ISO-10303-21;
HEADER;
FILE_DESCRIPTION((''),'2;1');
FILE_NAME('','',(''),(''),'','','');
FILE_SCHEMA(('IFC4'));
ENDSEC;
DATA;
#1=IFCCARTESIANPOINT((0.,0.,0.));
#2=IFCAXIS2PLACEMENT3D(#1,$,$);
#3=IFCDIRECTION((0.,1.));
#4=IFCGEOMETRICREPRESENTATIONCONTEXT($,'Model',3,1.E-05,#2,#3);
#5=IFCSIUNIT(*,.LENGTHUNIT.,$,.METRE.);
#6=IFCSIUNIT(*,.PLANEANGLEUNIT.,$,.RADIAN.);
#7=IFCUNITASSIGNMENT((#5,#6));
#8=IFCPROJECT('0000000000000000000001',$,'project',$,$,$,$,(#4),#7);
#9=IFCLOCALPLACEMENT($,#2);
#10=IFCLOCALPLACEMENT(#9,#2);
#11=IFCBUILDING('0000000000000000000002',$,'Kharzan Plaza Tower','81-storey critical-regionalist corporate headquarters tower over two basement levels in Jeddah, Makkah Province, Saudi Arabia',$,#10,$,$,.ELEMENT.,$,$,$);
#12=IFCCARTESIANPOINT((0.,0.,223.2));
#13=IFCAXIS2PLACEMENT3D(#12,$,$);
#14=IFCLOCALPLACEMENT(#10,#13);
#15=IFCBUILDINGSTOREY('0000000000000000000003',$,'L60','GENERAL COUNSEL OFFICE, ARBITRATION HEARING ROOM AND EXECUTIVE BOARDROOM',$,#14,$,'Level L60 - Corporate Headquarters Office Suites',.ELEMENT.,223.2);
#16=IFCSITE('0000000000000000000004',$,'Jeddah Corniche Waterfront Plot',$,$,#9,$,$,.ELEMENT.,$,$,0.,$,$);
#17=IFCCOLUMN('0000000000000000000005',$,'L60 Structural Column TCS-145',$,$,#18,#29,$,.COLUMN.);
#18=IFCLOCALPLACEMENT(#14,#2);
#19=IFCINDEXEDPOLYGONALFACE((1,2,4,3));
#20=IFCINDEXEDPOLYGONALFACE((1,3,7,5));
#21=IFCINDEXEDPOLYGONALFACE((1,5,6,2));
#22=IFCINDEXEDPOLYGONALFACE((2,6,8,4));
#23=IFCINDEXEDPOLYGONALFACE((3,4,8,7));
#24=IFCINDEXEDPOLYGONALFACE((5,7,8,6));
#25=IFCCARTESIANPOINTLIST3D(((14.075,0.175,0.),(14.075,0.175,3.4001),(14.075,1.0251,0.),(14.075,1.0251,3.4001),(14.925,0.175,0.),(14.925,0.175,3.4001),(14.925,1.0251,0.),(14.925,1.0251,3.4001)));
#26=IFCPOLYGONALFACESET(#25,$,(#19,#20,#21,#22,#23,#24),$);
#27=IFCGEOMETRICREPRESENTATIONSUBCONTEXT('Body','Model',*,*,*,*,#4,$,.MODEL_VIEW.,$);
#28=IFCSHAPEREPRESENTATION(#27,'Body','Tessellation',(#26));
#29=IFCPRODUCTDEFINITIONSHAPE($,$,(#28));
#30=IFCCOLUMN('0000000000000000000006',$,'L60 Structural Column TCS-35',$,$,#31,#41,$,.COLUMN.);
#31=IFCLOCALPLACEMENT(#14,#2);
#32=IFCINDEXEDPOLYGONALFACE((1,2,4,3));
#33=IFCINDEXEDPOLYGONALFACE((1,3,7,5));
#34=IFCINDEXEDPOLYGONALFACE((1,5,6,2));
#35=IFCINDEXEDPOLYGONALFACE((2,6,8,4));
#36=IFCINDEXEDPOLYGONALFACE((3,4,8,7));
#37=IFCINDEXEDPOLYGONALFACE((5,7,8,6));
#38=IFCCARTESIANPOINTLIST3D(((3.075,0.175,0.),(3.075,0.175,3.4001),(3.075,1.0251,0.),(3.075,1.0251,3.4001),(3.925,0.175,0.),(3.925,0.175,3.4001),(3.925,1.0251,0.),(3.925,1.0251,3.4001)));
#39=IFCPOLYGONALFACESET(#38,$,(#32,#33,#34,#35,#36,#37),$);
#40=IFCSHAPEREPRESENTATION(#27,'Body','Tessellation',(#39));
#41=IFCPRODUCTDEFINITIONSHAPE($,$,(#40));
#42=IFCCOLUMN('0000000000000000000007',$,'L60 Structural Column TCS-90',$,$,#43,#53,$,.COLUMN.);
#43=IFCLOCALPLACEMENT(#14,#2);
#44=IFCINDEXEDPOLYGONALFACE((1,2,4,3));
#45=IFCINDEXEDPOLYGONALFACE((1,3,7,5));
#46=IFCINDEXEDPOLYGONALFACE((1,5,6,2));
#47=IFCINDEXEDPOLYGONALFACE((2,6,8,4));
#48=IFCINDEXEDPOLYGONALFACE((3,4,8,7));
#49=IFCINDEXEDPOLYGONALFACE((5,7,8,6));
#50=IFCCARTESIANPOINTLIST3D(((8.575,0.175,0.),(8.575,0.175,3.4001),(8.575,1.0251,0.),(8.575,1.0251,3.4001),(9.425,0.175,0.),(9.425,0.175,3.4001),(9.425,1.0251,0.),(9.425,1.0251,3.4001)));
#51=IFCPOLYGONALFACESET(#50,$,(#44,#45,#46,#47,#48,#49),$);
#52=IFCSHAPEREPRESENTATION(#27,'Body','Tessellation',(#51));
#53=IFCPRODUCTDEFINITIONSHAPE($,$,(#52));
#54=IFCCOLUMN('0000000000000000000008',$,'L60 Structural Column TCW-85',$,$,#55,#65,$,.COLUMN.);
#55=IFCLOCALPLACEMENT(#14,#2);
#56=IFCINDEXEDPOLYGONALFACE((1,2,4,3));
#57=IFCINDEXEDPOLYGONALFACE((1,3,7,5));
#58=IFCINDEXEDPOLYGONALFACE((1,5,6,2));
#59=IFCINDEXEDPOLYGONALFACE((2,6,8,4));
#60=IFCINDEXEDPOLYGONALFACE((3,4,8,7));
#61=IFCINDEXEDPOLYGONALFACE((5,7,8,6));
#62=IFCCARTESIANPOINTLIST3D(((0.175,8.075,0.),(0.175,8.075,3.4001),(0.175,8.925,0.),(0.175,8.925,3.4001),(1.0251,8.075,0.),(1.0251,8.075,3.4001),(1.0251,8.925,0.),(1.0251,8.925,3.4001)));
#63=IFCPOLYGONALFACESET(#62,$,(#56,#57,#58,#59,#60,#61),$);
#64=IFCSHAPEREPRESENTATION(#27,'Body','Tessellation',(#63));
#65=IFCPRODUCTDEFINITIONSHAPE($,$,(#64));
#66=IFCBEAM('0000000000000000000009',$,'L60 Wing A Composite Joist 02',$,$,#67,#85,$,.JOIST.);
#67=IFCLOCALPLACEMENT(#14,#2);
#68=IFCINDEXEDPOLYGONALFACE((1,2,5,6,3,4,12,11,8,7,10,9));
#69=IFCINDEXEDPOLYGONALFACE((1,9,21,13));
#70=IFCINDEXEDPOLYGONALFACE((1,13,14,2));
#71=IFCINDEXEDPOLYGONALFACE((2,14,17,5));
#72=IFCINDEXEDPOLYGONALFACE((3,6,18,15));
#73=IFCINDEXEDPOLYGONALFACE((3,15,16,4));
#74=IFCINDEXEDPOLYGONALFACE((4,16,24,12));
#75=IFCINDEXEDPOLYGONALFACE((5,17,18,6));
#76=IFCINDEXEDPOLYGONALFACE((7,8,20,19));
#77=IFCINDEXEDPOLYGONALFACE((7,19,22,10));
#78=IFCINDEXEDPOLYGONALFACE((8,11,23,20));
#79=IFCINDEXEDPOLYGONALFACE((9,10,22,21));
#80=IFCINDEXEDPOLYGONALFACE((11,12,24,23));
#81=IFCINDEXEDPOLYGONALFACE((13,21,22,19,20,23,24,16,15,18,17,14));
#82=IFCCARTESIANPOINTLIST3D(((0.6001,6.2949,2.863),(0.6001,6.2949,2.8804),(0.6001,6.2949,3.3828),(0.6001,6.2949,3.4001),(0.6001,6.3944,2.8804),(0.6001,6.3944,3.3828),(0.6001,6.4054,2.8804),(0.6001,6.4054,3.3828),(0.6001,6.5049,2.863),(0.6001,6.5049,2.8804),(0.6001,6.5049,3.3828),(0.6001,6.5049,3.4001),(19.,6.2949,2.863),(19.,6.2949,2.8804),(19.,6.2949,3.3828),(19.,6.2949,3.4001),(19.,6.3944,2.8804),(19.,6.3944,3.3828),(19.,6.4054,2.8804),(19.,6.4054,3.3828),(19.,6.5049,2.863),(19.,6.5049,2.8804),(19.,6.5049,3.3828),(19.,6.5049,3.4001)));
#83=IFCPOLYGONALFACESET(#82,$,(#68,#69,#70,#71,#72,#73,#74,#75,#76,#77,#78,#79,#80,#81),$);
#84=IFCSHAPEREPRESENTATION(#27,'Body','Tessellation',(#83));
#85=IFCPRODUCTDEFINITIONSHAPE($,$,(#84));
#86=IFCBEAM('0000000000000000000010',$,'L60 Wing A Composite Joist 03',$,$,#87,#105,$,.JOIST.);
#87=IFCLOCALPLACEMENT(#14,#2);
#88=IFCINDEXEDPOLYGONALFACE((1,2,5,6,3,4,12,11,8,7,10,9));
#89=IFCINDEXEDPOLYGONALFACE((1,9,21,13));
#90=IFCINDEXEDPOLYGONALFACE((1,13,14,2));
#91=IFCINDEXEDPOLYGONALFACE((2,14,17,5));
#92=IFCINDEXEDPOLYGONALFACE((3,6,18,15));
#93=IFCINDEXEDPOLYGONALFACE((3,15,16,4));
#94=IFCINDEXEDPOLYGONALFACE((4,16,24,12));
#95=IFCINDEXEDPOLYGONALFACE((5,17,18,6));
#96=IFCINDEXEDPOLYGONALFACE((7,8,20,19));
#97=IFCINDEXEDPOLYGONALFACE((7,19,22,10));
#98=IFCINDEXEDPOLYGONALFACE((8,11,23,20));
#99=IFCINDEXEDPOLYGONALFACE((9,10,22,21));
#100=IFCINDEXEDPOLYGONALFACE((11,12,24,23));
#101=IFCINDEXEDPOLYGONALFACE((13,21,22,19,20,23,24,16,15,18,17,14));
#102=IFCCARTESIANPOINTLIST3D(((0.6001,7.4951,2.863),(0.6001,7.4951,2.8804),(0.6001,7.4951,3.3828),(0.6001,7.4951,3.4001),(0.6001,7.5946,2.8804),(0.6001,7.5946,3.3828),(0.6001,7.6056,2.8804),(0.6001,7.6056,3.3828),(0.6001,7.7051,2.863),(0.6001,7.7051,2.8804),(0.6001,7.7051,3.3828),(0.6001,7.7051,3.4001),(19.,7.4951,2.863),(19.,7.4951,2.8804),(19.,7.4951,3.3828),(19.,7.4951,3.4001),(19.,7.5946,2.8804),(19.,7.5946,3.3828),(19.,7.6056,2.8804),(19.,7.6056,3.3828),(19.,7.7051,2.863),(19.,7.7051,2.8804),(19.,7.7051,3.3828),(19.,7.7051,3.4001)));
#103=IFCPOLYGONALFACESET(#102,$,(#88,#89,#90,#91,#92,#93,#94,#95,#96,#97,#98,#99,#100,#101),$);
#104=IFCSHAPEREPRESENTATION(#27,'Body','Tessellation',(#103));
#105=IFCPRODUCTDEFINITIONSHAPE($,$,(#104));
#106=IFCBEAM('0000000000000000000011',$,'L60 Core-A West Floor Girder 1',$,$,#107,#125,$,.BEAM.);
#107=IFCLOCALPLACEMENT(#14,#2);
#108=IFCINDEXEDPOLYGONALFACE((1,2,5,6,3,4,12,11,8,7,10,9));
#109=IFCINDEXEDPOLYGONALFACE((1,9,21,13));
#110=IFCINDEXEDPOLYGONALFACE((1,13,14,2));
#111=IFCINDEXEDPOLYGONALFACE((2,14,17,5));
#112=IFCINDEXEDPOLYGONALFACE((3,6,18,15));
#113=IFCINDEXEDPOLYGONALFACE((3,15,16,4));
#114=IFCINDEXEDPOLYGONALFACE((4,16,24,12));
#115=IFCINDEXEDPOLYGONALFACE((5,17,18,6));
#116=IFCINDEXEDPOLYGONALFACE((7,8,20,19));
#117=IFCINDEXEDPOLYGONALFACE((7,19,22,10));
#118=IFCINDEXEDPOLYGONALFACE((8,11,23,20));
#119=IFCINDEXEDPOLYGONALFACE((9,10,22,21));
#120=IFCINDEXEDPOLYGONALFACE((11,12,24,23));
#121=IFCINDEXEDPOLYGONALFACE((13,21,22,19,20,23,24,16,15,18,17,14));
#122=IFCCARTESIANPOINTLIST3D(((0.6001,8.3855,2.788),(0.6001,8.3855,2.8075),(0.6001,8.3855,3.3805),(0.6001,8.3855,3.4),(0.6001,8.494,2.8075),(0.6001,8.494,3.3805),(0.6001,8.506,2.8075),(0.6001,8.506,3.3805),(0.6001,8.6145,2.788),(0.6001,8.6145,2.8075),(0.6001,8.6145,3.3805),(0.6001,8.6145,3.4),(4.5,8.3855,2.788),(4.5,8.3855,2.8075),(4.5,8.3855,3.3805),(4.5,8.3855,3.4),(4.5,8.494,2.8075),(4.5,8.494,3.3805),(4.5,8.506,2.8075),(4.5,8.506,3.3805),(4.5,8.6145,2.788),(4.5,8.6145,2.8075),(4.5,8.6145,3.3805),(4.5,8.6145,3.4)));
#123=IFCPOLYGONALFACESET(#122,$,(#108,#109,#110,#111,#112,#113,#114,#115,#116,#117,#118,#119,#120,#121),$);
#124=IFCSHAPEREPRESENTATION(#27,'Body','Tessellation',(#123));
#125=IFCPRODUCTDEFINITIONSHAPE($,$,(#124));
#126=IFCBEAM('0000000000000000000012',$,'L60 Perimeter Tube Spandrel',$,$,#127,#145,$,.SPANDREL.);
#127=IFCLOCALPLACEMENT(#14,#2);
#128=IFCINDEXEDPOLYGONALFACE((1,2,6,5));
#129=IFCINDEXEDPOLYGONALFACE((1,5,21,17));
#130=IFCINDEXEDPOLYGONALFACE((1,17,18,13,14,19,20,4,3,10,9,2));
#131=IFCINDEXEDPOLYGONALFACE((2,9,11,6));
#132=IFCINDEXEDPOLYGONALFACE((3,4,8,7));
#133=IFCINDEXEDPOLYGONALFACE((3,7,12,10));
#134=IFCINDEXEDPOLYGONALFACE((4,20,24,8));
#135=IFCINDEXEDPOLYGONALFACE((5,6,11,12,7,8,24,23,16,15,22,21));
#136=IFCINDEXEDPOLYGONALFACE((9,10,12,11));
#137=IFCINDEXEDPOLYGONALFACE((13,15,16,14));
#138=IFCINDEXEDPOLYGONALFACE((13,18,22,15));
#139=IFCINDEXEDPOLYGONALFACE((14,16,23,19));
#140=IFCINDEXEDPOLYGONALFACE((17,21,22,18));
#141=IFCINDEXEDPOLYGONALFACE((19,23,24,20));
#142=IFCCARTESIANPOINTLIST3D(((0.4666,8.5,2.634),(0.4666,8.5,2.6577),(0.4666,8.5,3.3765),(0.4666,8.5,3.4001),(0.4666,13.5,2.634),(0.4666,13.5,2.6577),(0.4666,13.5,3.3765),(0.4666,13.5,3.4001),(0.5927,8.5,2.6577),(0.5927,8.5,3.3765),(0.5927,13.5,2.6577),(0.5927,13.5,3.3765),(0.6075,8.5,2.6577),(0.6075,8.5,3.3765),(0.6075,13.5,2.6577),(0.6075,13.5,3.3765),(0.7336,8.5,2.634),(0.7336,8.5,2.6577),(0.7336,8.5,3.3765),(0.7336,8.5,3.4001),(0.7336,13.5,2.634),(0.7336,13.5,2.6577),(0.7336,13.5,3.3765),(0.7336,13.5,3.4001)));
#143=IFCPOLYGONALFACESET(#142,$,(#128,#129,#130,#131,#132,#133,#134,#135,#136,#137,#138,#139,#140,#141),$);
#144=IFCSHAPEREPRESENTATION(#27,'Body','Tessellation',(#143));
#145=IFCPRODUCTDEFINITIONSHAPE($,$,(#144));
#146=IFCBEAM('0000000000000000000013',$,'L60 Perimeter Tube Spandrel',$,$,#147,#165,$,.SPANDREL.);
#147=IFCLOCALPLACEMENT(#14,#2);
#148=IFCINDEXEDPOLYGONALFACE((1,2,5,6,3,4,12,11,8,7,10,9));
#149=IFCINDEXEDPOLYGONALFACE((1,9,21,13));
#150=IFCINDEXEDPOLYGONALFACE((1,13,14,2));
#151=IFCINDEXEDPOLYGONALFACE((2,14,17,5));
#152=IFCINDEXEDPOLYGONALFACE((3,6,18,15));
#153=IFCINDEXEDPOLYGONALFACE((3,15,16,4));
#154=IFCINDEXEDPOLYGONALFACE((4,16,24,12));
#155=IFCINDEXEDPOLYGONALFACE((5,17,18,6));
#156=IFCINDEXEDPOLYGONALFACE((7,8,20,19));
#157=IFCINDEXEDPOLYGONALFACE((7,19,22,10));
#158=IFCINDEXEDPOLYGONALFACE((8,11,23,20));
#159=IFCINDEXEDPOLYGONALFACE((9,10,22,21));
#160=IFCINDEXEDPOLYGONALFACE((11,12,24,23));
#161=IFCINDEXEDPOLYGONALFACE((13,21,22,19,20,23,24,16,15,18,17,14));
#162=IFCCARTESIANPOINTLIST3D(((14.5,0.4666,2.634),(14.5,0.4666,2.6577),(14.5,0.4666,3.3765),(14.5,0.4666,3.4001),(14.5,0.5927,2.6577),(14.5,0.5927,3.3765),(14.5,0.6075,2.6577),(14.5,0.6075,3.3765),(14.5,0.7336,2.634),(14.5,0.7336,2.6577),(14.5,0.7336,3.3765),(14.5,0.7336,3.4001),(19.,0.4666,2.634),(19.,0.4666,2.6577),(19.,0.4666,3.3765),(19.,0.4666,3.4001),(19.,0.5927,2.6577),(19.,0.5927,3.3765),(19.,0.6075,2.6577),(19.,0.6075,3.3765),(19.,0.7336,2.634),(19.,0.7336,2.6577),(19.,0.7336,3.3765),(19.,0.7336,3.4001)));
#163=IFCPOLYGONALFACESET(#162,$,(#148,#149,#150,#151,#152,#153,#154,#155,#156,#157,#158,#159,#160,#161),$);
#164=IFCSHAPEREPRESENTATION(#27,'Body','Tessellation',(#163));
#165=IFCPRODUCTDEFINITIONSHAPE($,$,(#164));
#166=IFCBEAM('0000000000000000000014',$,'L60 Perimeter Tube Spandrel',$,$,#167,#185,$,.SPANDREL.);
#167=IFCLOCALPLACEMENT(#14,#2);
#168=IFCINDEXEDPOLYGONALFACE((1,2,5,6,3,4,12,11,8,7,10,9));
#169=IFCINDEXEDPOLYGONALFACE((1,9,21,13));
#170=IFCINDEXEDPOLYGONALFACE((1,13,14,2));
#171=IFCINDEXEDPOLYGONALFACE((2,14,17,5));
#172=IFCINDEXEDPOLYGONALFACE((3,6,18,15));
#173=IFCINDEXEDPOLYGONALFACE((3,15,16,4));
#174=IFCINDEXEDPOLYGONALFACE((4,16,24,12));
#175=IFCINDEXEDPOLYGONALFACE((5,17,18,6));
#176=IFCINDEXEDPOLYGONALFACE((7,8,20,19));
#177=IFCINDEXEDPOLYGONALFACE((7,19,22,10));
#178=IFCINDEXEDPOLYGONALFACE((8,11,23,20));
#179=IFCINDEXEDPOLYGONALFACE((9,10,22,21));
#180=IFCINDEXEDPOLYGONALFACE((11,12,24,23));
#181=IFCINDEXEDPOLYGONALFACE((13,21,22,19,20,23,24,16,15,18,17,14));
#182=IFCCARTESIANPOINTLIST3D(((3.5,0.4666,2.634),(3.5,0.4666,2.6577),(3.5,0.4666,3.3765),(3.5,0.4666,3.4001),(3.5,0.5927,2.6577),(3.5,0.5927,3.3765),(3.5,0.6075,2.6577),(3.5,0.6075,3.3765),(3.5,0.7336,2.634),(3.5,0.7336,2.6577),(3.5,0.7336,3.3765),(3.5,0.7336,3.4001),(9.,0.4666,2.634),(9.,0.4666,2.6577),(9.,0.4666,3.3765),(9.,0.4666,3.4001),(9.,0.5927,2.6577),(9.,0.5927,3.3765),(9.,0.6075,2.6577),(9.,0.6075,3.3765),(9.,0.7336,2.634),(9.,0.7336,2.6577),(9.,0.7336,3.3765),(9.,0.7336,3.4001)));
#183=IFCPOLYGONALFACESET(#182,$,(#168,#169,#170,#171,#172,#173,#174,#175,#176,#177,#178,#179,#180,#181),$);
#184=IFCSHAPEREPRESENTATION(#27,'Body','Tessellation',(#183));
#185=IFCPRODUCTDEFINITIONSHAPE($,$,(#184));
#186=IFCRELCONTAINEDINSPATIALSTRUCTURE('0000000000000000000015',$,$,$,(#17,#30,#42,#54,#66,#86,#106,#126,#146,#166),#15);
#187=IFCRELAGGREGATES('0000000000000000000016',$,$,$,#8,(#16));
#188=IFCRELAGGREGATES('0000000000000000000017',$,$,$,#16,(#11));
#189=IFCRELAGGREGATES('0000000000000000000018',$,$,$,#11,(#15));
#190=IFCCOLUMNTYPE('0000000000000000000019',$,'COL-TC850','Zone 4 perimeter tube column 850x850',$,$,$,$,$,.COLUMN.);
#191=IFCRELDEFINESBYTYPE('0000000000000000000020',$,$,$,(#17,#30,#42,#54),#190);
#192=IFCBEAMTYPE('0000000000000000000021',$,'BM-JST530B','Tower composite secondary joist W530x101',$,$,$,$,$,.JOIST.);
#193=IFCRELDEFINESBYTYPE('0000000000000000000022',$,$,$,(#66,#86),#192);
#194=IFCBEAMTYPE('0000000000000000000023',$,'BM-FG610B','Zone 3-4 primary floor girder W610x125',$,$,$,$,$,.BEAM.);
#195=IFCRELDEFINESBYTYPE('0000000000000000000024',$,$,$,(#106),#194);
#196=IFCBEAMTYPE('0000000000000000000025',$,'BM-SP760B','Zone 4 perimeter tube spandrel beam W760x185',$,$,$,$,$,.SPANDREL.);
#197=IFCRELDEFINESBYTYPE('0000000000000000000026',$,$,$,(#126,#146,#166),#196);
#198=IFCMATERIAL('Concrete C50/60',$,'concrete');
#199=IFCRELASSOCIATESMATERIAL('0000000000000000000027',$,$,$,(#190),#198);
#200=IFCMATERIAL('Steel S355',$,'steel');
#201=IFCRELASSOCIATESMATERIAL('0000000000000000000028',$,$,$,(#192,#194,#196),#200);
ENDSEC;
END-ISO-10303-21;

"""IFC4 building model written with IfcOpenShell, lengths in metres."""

from ifc_helpers import new_model, si_unit, direction, frame, origin, origin_2d, place, context, subcontext, project, spatial, rectangle, i_section, extrude, source, transform, mapped, material, material_profile, profile_set, type_object, element, save


model = new_model("IFC4")

# Units and contexts
model_context = context("Model", 3, precision=1e-05, world=origin(), true_north=direction((0.0, 1.0)))
body_context = subcontext(model_context, "Body", "Model", "MODEL_VIEW")
ifc_project = project(units=[si_unit("LENGTHUNIT", "METRE"), si_unit("PLANEANGLEUNIT", "RADIAN")], contexts=[model_context])

# Site, building, storey
site_placement = place(None, origin())
site = spatial("IfcSite", under=ifc_project, at=site_placement, Name="Jeddah Corniche Waterfront Plot", CompositionType="ELEMENT", RefElevation=0.0)
building_placement = place(site_placement, origin())
building = spatial("IfcBuilding", under=site, at=building_placement, Name="Kharzan Plaza Tower", Description="81-storey critical-regionalist corporate headquarters tower over two basement levels in Jeddah, Makkah Province, Saudi Arabia", CompositionType="ELEMENT")
storey_placement = place(building_placement, frame((0.0, 0.0, 223.2)))
storey = spatial("IfcBuildingStorey", under=building, at=storey_placement, Name="L60", Description="GENERAL COUNSEL OFFICE, ARBITRATION HEARING ROOM AND EXECUTIVE BOARDROOM", LongName="Level L60 - Corporate Headquarters Office Suites", CompositionType="ELEMENT", Elevation=223.2)

# Columns
ifc_material_1 = material(Name="Concrete C50/60", Category="concrete")
ifc_material_profile_1 = material_profile(ifc_material_1, rectangle(XDim=0.8501, YDim=0.8501, at=origin_2d()), Name="RC-TC850x850")
ifc_profile_set_1 = profile_set([ifc_material_profile_1], Name="Concrete C50/60")
column_type = type_object("IfcColumnType", Name="COL-TC850", Description="Zone 4 perimeter tube column 850x850", PredefinedType="COLUMN", material=ifc_profile_set_1)
shared_shape_1 = source(origin(), body_context, "Body", "SweptSolid", [
    extrude(rectangle(XDim=0.8501, YDim=0.8501, at=origin_2d()), origin(), (0.0, 0.0, 1.0), 3.4001),
])
for number, where, z_axis, x_axis, name in (
    (1, (14.5, 0.6001, 0.0), (0.0, 0.0, 1.0), (1.0, 0.0, 0.0), "L60 Structural Column TCS-145"),
    (2, (3.5, 0.6001, 0.0), (0.0, 0.0, 1.0), (1.0, 0.0, 0.0), "L60 Structural Column TCS-35"),
    (3, (9.0, 0.6001, 0.0), (0.0, 0.0, 1.0), (1.0, 0.0, 0.0), "L60 Structural Column TCS-90"),
    (4, (0.6001, 8.5, 0.0), (0.0, 0.0, 1.0), (1.0, 0.0, 0.0), "L60 Structural Column TCW-85"),
):
    element("IfcColumn", number, at=place(storey_placement, frame(where, z_axis=z_axis, x_axis=x_axis)), inside=storey, type_object=column_type, Name=name, PredefinedType="COLUMN", context=body_context, shape_type="MappedRepresentation", body=[
        mapped(shared_shape_1, transform((0.0, 0.0, 0.0), x_axis=(1.0, 0.0, 0.0), y_axis=(0.0, 1.0, 0.0), z_axis=(0.0, 0.0, 1.0))),
    ])

# Beams
ifc_material_2 = material(Name="Steel S355", Category="steel")
ifc_material_profile_2 = material_profile(ifc_material_2, i_section(OverallWidth=0.21, OverallDepth=0.5371, WebThickness=0.011, FlangeThickness=0.0173, at=origin_2d()), Name="W530x101")
ifc_profile_set_2 = profile_set([ifc_material_profile_2], Name="Steel S355")
beam_type_1 = type_object("IfcBeamType", Name="BM-JST530B", Description="Tower composite secondary joist W530x101", PredefinedType="JOIST", material=ifc_profile_set_2)
shared_shape_2 = source(origin(), body_context, "Body", "SweptSolid", [
    extrude(i_section(OverallWidth=0.21, OverallDepth=0.5371, WebThickness=0.011, FlangeThickness=0.0173, at=origin_2d()), origin(), (0.0, 0.0, 1.0), 18.3999),
])
for number, where, z_axis, x_axis, name in (
    (5, (0.6001, 6.3999, 3.1316), (1.0, 0.0, 0.0), (0.0, 1.0, 0.0), "L60 Wing A Composite Joist 02"),
    (6, (0.6001, 7.6001, 3.1316), (1.0, 0.0, 0.0), (0.0, 1.0, 0.0), "L60 Wing A Composite Joist 03"),
):
    element("IfcBeam", number, at=place(storey_placement, frame(where, z_axis=z_axis, x_axis=x_axis)), inside=storey, type_object=beam_type_1, Name=name, PredefinedType="JOIST", context=body_context, shape_type="MappedRepresentation", body=[
        mapped(shared_shape_2, transform((0.0, 0.0, 0.0), x_axis=(1.0, 0.0, 0.0), y_axis=(0.0, 1.0, 0.0), z_axis=(0.0, 0.0, 1.0))),
    ])
ifc_material_profile_3 = material_profile(ifc_material_2, i_section(OverallWidth=0.229, OverallDepth=0.6121, WebThickness=0.012, FlangeThickness=0.0195, at=origin_2d()), Name="W610x125")
ifc_profile_set_3 = profile_set([ifc_material_profile_3], Name="Steel S355")
beam_type_2 = type_object("IfcBeamType", Name="BM-FG610B", Description="Zone 3-4 primary floor girder W610x125", PredefinedType="BEAM", material=ifc_profile_set_3)
shared_shape_3 = source(origin(), body_context, "Body", "SweptSolid", [
    extrude(i_section(OverallWidth=0.229, OverallDepth=0.6121, WebThickness=0.012, FlangeThickness=0.0195, at=origin_2d()), origin(), (0.0, 0.0, 1.0), 3.8999),
])
beam_1_placement = place(storey_placement, frame((0.6001, 8.5, 3.094), z_axis=(1.0, 0.0, 0.0), x_axis=(0.0, 1.0, 0.0)))
element("IfcBeam", 7, at=beam_1_placement, inside=storey, type_object=beam_type_2, Name="L60 Core-A West Floor Girder 1", PredefinedType="BEAM", context=body_context, shape_type="MappedRepresentation", body=[
    mapped(shared_shape_3, transform((0.0, 0.0, 0.0), x_axis=(1.0, 0.0, 0.0), y_axis=(0.0, 1.0, 0.0), z_axis=(0.0, 0.0, 1.0))),
])
ifc_material_profile_4 = material_profile(ifc_material_2, i_section(OverallWidth=0.2671, OverallDepth=0.7661, WebThickness=0.0149, FlangeThickness=0.0237, at=origin_2d()), Name="W760x185")
ifc_profile_set_4 = profile_set([ifc_material_profile_4], Name="Steel S355")
beam_type_3 = type_object("IfcBeamType", Name="BM-SP760B", Description="Zone 4 perimeter tube spandrel beam W760x185", PredefinedType="SPANDREL", material=ifc_profile_set_4)
shared_shape_4 = source(origin(), body_context, "Body", "SweptSolid", [
    extrude(i_section(OverallWidth=0.2671, OverallDepth=0.7661, WebThickness=0.0149, FlangeThickness=0.0237, at=origin_2d()), origin(), (0.0, 0.0, 1.0), 5.0),
])
beam_2_placement = place(storey_placement, frame((0.6001, 8.5, 3.0171), z_axis=(0.0, 1.0, 0.0), x_axis=(-1.0, 0.0, 0.0)))
element("IfcBeam", 8, at=beam_2_placement, inside=storey, type_object=beam_type_3, Name="L60 Perimeter Tube Spandrel", PredefinedType="SPANDREL", context=body_context, shape_type="MappedRepresentation", body=[
    mapped(shared_shape_4, transform((0.0, 0.0, 0.0), x_axis=(1.0, 0.0, 0.0), y_axis=(0.0, 1.0, 0.0), z_axis=(0.0, 0.0, 1.0))),
])
shared_shape_5 = source(origin(), body_context, "Body", "SweptSolid", [
    extrude(i_section(OverallWidth=0.2671, OverallDepth=0.7661, WebThickness=0.0149, FlangeThickness=0.0237, at=origin_2d()), origin(), (0.0, 0.0, 1.0), 4.5),
])
beam_3_placement = place(storey_placement, frame((14.5, 0.6001, 3.0171), z_axis=(1.0, 0.0, 0.0), x_axis=(0.0, 1.0, 0.0)))
element("IfcBeam", 9, at=beam_3_placement, inside=storey, type_object=beam_type_3, Name="L60 Perimeter Tube Spandrel", PredefinedType="SPANDREL", context=body_context, shape_type="MappedRepresentation", body=[
    mapped(shared_shape_5, transform((0.0, 0.0, 0.0), x_axis=(1.0, 0.0, 0.0), y_axis=(0.0, 1.0, 0.0), z_axis=(0.0, 0.0, 1.0))),
])
shared_shape_6 = source(origin(), body_context, "Body", "SweptSolid", [
    extrude(i_section(OverallWidth=0.2671, OverallDepth=0.7661, WebThickness=0.0149, FlangeThickness=0.0237, at=origin_2d()), origin(), (0.0, 0.0, 1.0), 5.5),
])
for number, where, z_axis, x_axis, name in (
    (10, (3.5, 0.6001, 3.0171), (1.0, 0.0, 0.0), (0.0, 1.0, 0.0), "L60 Perimeter Tube Spandrel"),
):
    element("IfcBeam", number, at=place(storey_placement, frame(where, z_axis=z_axis, x_axis=x_axis)), inside=storey, type_object=beam_type_3, Name=name, PredefinedType="SPANDREL", context=body_context, shape_type="MappedRepresentation", body=[
        mapped(shared_shape_6, transform((0.0, 0.0, 0.0), x_axis=(1.0, 0.0, 0.0), y_axis=(0.0, 1.0, 0.0), z_axis=(0.0, 0.0, 1.0))),
    ])

save(model, "model.ifc")
